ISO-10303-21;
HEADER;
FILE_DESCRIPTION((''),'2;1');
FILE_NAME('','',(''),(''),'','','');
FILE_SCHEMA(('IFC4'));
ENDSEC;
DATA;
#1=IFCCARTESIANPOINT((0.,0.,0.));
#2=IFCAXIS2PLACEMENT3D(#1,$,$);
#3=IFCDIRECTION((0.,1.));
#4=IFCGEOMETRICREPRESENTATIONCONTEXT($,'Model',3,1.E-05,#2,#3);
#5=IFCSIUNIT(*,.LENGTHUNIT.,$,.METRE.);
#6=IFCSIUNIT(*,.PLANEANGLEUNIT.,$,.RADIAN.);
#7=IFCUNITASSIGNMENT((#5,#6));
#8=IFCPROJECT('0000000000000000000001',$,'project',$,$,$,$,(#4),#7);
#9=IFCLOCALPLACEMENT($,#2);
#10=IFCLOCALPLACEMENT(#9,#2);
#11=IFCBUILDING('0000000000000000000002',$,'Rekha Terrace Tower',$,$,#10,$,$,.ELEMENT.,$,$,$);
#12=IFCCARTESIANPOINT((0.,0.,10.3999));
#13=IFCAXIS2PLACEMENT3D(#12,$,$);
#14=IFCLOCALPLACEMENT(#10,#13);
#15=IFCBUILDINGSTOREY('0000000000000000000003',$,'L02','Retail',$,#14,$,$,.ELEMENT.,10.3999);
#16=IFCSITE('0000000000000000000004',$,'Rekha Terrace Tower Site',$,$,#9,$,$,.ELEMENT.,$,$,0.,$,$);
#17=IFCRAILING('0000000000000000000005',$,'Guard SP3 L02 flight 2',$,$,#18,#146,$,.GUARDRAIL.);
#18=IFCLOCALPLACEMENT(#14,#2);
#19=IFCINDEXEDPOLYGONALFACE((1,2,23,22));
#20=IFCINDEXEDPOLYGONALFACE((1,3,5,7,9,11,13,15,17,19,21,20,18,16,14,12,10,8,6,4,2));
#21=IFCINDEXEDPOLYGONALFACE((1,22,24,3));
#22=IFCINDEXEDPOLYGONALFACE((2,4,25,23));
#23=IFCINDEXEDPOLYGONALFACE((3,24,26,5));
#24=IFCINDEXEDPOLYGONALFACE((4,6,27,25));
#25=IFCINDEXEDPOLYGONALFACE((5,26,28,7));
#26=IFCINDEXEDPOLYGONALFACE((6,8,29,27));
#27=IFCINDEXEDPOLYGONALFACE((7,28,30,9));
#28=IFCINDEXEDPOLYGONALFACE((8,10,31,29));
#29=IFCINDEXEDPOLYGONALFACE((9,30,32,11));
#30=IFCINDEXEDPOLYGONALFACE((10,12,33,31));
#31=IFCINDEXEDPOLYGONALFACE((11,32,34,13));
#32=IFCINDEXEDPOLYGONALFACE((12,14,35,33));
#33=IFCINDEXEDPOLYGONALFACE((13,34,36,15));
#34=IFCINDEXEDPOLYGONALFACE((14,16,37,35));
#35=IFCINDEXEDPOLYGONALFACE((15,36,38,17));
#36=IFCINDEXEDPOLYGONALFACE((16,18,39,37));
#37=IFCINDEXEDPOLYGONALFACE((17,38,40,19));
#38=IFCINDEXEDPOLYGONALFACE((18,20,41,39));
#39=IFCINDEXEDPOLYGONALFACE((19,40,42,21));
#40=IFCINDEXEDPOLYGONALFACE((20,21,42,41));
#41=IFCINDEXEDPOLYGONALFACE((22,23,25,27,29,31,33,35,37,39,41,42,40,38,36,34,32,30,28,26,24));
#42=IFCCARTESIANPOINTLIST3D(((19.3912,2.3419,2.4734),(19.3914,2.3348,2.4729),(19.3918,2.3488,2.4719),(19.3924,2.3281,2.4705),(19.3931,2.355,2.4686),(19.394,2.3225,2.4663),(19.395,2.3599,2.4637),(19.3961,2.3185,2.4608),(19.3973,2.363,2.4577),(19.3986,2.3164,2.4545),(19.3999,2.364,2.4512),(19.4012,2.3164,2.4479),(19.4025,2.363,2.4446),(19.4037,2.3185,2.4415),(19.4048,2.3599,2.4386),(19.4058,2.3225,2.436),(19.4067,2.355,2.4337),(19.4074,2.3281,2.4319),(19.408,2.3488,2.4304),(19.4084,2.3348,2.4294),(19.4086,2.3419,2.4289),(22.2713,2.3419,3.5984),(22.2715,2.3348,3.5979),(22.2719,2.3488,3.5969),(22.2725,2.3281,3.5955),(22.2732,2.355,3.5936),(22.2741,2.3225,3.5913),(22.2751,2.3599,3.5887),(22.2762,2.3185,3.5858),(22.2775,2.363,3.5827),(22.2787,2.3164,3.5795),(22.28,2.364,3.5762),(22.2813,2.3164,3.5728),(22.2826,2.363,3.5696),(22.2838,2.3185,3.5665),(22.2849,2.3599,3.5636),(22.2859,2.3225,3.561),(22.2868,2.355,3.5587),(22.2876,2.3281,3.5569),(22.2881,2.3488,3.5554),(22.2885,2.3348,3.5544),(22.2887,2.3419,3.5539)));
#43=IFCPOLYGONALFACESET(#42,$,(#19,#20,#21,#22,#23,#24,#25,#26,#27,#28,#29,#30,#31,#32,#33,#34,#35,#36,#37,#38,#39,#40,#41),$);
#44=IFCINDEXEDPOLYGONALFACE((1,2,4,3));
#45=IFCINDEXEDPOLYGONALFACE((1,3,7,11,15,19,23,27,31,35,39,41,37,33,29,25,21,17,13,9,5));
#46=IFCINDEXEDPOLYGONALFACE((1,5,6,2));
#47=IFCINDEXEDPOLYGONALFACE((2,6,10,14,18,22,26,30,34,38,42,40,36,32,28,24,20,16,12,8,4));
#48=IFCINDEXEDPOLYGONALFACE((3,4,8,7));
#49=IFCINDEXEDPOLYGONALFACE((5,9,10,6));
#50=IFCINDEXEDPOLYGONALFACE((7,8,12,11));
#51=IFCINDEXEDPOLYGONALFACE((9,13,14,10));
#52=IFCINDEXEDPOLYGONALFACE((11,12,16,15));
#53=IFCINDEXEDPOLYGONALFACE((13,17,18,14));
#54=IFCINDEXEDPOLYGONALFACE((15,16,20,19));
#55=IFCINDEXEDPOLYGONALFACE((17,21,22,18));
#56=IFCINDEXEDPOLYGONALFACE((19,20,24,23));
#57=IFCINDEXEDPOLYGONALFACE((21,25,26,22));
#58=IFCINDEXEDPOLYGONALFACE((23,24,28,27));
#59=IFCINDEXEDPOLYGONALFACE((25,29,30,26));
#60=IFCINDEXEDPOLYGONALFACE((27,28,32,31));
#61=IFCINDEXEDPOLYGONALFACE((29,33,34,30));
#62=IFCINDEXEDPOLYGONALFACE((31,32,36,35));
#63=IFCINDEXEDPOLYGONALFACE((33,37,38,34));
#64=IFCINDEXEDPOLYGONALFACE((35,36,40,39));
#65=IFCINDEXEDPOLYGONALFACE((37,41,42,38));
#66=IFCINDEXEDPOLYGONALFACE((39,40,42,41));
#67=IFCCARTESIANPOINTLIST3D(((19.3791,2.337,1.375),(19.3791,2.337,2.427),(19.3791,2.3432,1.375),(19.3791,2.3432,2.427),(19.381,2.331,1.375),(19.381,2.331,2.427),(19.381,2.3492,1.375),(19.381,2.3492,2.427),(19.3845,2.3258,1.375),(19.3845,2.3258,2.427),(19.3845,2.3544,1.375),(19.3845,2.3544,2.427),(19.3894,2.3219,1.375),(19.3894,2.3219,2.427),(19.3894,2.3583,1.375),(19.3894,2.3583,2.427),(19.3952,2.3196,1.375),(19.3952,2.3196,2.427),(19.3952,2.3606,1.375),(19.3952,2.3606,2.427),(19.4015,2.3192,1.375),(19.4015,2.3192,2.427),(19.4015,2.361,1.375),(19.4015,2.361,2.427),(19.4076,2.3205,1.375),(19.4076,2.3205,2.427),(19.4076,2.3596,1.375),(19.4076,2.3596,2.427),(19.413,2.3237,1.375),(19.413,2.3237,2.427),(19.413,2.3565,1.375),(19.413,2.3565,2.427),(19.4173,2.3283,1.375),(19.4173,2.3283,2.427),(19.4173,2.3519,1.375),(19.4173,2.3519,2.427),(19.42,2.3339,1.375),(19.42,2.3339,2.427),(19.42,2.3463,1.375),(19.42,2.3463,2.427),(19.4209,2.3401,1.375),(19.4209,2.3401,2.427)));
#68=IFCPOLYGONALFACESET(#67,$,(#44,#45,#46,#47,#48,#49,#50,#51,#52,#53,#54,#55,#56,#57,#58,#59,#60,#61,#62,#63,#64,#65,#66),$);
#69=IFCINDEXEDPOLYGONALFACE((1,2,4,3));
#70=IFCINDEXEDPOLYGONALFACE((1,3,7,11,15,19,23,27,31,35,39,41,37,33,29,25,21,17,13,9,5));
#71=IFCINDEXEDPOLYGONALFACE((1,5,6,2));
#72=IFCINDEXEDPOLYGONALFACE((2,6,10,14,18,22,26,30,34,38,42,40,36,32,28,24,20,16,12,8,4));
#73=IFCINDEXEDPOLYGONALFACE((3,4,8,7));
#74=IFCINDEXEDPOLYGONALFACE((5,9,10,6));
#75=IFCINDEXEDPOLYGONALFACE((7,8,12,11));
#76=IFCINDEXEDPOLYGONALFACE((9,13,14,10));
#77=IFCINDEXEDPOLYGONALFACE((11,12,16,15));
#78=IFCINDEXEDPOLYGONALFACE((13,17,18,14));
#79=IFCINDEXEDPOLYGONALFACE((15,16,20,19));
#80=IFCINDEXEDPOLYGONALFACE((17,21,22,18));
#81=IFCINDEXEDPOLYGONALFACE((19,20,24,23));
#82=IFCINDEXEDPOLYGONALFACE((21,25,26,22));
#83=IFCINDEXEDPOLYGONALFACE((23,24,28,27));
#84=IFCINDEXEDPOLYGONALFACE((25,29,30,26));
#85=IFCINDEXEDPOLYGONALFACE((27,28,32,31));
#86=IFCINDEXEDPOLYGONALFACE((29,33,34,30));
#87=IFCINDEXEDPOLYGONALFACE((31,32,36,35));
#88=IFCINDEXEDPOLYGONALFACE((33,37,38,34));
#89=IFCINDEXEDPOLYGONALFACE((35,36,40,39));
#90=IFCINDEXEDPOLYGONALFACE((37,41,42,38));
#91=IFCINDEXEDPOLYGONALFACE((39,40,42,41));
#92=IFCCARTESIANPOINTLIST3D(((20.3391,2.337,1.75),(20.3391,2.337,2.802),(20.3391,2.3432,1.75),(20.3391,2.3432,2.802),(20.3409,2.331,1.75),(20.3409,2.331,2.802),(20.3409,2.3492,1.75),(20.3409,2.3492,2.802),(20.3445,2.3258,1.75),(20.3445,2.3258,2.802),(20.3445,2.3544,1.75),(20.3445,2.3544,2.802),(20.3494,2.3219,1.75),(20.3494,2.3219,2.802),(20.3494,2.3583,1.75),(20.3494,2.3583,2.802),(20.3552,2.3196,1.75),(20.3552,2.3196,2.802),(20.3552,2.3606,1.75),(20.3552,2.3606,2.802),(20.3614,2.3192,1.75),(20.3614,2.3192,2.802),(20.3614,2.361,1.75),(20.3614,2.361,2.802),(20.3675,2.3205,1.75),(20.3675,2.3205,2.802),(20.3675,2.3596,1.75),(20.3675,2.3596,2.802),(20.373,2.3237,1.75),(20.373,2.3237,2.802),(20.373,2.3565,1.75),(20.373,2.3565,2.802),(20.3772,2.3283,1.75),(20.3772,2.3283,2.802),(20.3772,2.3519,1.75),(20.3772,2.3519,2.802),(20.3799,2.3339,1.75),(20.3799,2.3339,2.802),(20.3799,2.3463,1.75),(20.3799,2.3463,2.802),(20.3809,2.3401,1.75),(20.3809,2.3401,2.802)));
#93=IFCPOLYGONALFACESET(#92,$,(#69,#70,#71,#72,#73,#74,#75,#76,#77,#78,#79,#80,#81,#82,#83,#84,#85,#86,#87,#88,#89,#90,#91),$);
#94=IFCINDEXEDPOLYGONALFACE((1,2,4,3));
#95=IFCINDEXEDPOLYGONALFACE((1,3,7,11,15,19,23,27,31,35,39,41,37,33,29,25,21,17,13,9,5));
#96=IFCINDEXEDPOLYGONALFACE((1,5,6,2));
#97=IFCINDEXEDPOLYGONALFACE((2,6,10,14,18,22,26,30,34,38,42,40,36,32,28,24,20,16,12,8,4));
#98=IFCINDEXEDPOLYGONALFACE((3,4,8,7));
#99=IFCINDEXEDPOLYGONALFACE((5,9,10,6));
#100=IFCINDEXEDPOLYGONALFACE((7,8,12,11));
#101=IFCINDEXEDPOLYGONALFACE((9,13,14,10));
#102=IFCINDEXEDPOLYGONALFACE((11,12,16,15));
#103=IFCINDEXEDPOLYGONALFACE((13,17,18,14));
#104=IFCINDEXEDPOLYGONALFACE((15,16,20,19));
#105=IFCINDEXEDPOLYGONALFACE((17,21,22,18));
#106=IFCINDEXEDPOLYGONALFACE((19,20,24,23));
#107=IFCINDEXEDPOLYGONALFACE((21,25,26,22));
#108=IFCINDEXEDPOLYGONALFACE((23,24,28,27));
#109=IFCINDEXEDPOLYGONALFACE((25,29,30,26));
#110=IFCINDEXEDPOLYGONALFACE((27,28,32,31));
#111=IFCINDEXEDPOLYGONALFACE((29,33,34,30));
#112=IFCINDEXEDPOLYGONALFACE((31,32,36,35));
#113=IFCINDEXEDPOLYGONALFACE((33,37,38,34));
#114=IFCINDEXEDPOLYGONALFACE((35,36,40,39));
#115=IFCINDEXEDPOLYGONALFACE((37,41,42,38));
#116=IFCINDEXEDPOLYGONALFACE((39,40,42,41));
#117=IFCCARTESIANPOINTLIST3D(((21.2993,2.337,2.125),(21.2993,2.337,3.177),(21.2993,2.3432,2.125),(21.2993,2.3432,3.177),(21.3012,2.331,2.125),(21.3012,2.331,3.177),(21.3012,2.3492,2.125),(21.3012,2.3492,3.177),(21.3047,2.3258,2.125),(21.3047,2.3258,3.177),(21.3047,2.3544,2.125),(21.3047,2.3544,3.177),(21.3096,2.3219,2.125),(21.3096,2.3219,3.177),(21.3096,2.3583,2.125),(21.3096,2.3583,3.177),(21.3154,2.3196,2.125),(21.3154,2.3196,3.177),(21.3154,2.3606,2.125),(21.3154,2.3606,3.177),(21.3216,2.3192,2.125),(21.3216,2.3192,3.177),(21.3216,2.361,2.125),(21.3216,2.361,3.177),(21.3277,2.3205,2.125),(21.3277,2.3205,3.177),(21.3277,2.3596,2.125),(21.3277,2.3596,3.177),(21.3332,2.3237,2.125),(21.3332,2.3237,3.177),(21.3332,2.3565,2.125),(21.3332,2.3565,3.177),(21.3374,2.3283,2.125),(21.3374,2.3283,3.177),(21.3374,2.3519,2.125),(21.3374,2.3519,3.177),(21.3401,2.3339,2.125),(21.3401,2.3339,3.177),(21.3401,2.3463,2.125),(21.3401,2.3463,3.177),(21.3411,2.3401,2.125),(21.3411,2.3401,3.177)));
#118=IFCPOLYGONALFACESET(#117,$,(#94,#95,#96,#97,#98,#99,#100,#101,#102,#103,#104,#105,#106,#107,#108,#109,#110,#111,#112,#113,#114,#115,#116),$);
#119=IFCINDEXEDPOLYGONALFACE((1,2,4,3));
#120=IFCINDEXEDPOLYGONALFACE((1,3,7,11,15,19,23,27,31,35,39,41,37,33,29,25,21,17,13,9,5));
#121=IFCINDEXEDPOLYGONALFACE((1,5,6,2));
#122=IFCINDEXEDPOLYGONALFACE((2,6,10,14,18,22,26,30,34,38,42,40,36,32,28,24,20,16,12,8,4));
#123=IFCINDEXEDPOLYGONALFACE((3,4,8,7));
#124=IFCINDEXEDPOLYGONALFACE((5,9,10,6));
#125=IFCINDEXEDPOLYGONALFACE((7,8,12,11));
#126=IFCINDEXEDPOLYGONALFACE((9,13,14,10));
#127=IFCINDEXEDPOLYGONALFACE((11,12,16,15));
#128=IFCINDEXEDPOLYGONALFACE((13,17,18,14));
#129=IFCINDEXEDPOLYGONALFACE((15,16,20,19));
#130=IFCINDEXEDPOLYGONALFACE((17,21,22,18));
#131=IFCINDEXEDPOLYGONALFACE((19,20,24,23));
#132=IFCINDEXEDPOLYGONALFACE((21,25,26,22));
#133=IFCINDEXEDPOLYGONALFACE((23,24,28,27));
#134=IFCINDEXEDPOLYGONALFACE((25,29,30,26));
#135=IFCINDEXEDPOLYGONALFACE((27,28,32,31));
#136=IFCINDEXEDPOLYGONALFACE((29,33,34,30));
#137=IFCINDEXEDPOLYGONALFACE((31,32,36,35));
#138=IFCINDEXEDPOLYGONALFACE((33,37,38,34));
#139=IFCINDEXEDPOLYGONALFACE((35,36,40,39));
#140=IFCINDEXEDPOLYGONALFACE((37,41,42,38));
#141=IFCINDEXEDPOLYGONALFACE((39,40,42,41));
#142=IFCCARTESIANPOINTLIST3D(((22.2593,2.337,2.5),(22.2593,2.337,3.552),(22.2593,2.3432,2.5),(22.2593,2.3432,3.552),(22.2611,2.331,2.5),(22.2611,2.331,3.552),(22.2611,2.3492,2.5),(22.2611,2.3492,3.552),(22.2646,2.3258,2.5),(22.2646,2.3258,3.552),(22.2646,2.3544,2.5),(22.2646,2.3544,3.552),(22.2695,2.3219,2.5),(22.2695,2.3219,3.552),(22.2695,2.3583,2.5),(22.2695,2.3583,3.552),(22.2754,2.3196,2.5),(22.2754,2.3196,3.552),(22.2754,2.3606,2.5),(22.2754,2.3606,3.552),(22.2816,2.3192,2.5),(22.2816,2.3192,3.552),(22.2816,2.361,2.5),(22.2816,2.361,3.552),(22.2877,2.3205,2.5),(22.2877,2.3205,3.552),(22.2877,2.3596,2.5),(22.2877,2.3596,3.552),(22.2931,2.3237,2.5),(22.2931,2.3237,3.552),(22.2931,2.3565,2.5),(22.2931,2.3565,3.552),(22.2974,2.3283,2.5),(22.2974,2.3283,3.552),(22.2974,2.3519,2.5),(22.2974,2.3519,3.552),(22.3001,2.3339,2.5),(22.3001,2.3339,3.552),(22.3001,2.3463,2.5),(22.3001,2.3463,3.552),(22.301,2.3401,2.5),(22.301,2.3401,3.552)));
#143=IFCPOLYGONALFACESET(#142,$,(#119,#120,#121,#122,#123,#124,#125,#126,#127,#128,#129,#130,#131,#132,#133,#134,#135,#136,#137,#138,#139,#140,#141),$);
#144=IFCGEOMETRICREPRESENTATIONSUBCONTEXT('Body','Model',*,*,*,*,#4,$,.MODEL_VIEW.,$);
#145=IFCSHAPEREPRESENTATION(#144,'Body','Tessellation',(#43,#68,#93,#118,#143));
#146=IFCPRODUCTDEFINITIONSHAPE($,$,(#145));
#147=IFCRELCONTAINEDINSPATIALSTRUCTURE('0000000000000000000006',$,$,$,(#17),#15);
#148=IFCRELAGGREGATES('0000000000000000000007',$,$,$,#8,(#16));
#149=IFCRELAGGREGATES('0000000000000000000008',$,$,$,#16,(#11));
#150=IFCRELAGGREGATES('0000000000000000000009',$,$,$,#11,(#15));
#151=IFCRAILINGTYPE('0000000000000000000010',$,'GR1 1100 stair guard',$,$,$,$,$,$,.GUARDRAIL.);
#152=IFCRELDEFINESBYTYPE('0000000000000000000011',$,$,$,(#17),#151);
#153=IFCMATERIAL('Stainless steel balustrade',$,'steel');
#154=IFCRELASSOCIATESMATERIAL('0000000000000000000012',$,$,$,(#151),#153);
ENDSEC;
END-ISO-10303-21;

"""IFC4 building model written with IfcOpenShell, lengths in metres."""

from ifc_helpers import new_model, si_unit, direction, frame, origin, origin_2d, place, context, subcontext, project, spatial, circle, extrude, material, type_object, element, save


model = new_model("IFC4")

# Units and contexts
model_context = context("Model", 3, precision=1e-05, world=origin(), true_north=direction((0.0, 1.0)))
body_context = subcontext(model_context, "Body", "Model", "MODEL_VIEW")
ifc_project = project(units=[si_unit("LENGTHUNIT", "METRE"), si_unit("PLANEANGLEUNIT", "RADIAN")], contexts=[model_context])

# Site, building, storey
site_placement = place(None, origin())
site = spatial("IfcSite", under=ifc_project, at=site_placement, Name="Rekha Terrace Tower Site", CompositionType="ELEMENT", RefElevation=0.0)
building_placement = place(site_placement, origin())
building = spatial("IfcBuilding", under=site, at=building_placement, Name="Rekha Terrace Tower", CompositionType="ELEMENT")
storey_placement = place(building_placement, frame((0.0, 0.0, 10.3999)))
storey = spatial("IfcBuildingStorey", under=building, at=storey_placement, Name="L02", Description="Retail", CompositionType="ELEMENT", Elevation=10.3999)

# Railing
ifc_material_1 = material(Name="Stainless steel balustrade", Category="steel")
railing_type_1 = type_object("IfcRailingType", Name="GR1 1100 stair guard", PredefinedType="GUARDRAIL", material=ifc_material_1)
railing_1_placement = place(storey_placement, frame((19.3999, 2.3401, 1.375)))
element("IfcRailing", 1, at=railing_1_placement, inside=storey, type_object=railing_type_1, Name="Guard SP3 L02 flight 2", PredefinedType="GUARDRAIL", context=body_context, shape_type="SweptSolid", body=[
    extrude(circle(Radius=0.0239, at=origin_2d()), frame((0.0, 0.0, 1.0762), z_axis=(0.931463, 0.0, 0.363837), x_axis=(0.0, 1.0, 0.0)), (0.0, 0.0, 1.0), 3.092),
    extrude(circle(Radius=0.021, at=origin_2d()), origin(), (0.0, 0.0, 1.0), 1.052),
    extrude(circle(Radius=0.021, at=origin_2d()), frame((0.96, 0.0, 0.375)), (0.0, 0.0, 1.0), 1.052),
    extrude(circle(Radius=0.021, at=origin_2d()), frame((1.9202, 0.0, 0.75)), (0.0, 0.0, 1.0), 1.052),
    extrude(circle(Radius=0.021, at=origin_2d()), frame((2.8801, 0.0, 1.125)), (0.0, 0.0, 1.0), 1.052),
])

save(model, "model.ifc")
